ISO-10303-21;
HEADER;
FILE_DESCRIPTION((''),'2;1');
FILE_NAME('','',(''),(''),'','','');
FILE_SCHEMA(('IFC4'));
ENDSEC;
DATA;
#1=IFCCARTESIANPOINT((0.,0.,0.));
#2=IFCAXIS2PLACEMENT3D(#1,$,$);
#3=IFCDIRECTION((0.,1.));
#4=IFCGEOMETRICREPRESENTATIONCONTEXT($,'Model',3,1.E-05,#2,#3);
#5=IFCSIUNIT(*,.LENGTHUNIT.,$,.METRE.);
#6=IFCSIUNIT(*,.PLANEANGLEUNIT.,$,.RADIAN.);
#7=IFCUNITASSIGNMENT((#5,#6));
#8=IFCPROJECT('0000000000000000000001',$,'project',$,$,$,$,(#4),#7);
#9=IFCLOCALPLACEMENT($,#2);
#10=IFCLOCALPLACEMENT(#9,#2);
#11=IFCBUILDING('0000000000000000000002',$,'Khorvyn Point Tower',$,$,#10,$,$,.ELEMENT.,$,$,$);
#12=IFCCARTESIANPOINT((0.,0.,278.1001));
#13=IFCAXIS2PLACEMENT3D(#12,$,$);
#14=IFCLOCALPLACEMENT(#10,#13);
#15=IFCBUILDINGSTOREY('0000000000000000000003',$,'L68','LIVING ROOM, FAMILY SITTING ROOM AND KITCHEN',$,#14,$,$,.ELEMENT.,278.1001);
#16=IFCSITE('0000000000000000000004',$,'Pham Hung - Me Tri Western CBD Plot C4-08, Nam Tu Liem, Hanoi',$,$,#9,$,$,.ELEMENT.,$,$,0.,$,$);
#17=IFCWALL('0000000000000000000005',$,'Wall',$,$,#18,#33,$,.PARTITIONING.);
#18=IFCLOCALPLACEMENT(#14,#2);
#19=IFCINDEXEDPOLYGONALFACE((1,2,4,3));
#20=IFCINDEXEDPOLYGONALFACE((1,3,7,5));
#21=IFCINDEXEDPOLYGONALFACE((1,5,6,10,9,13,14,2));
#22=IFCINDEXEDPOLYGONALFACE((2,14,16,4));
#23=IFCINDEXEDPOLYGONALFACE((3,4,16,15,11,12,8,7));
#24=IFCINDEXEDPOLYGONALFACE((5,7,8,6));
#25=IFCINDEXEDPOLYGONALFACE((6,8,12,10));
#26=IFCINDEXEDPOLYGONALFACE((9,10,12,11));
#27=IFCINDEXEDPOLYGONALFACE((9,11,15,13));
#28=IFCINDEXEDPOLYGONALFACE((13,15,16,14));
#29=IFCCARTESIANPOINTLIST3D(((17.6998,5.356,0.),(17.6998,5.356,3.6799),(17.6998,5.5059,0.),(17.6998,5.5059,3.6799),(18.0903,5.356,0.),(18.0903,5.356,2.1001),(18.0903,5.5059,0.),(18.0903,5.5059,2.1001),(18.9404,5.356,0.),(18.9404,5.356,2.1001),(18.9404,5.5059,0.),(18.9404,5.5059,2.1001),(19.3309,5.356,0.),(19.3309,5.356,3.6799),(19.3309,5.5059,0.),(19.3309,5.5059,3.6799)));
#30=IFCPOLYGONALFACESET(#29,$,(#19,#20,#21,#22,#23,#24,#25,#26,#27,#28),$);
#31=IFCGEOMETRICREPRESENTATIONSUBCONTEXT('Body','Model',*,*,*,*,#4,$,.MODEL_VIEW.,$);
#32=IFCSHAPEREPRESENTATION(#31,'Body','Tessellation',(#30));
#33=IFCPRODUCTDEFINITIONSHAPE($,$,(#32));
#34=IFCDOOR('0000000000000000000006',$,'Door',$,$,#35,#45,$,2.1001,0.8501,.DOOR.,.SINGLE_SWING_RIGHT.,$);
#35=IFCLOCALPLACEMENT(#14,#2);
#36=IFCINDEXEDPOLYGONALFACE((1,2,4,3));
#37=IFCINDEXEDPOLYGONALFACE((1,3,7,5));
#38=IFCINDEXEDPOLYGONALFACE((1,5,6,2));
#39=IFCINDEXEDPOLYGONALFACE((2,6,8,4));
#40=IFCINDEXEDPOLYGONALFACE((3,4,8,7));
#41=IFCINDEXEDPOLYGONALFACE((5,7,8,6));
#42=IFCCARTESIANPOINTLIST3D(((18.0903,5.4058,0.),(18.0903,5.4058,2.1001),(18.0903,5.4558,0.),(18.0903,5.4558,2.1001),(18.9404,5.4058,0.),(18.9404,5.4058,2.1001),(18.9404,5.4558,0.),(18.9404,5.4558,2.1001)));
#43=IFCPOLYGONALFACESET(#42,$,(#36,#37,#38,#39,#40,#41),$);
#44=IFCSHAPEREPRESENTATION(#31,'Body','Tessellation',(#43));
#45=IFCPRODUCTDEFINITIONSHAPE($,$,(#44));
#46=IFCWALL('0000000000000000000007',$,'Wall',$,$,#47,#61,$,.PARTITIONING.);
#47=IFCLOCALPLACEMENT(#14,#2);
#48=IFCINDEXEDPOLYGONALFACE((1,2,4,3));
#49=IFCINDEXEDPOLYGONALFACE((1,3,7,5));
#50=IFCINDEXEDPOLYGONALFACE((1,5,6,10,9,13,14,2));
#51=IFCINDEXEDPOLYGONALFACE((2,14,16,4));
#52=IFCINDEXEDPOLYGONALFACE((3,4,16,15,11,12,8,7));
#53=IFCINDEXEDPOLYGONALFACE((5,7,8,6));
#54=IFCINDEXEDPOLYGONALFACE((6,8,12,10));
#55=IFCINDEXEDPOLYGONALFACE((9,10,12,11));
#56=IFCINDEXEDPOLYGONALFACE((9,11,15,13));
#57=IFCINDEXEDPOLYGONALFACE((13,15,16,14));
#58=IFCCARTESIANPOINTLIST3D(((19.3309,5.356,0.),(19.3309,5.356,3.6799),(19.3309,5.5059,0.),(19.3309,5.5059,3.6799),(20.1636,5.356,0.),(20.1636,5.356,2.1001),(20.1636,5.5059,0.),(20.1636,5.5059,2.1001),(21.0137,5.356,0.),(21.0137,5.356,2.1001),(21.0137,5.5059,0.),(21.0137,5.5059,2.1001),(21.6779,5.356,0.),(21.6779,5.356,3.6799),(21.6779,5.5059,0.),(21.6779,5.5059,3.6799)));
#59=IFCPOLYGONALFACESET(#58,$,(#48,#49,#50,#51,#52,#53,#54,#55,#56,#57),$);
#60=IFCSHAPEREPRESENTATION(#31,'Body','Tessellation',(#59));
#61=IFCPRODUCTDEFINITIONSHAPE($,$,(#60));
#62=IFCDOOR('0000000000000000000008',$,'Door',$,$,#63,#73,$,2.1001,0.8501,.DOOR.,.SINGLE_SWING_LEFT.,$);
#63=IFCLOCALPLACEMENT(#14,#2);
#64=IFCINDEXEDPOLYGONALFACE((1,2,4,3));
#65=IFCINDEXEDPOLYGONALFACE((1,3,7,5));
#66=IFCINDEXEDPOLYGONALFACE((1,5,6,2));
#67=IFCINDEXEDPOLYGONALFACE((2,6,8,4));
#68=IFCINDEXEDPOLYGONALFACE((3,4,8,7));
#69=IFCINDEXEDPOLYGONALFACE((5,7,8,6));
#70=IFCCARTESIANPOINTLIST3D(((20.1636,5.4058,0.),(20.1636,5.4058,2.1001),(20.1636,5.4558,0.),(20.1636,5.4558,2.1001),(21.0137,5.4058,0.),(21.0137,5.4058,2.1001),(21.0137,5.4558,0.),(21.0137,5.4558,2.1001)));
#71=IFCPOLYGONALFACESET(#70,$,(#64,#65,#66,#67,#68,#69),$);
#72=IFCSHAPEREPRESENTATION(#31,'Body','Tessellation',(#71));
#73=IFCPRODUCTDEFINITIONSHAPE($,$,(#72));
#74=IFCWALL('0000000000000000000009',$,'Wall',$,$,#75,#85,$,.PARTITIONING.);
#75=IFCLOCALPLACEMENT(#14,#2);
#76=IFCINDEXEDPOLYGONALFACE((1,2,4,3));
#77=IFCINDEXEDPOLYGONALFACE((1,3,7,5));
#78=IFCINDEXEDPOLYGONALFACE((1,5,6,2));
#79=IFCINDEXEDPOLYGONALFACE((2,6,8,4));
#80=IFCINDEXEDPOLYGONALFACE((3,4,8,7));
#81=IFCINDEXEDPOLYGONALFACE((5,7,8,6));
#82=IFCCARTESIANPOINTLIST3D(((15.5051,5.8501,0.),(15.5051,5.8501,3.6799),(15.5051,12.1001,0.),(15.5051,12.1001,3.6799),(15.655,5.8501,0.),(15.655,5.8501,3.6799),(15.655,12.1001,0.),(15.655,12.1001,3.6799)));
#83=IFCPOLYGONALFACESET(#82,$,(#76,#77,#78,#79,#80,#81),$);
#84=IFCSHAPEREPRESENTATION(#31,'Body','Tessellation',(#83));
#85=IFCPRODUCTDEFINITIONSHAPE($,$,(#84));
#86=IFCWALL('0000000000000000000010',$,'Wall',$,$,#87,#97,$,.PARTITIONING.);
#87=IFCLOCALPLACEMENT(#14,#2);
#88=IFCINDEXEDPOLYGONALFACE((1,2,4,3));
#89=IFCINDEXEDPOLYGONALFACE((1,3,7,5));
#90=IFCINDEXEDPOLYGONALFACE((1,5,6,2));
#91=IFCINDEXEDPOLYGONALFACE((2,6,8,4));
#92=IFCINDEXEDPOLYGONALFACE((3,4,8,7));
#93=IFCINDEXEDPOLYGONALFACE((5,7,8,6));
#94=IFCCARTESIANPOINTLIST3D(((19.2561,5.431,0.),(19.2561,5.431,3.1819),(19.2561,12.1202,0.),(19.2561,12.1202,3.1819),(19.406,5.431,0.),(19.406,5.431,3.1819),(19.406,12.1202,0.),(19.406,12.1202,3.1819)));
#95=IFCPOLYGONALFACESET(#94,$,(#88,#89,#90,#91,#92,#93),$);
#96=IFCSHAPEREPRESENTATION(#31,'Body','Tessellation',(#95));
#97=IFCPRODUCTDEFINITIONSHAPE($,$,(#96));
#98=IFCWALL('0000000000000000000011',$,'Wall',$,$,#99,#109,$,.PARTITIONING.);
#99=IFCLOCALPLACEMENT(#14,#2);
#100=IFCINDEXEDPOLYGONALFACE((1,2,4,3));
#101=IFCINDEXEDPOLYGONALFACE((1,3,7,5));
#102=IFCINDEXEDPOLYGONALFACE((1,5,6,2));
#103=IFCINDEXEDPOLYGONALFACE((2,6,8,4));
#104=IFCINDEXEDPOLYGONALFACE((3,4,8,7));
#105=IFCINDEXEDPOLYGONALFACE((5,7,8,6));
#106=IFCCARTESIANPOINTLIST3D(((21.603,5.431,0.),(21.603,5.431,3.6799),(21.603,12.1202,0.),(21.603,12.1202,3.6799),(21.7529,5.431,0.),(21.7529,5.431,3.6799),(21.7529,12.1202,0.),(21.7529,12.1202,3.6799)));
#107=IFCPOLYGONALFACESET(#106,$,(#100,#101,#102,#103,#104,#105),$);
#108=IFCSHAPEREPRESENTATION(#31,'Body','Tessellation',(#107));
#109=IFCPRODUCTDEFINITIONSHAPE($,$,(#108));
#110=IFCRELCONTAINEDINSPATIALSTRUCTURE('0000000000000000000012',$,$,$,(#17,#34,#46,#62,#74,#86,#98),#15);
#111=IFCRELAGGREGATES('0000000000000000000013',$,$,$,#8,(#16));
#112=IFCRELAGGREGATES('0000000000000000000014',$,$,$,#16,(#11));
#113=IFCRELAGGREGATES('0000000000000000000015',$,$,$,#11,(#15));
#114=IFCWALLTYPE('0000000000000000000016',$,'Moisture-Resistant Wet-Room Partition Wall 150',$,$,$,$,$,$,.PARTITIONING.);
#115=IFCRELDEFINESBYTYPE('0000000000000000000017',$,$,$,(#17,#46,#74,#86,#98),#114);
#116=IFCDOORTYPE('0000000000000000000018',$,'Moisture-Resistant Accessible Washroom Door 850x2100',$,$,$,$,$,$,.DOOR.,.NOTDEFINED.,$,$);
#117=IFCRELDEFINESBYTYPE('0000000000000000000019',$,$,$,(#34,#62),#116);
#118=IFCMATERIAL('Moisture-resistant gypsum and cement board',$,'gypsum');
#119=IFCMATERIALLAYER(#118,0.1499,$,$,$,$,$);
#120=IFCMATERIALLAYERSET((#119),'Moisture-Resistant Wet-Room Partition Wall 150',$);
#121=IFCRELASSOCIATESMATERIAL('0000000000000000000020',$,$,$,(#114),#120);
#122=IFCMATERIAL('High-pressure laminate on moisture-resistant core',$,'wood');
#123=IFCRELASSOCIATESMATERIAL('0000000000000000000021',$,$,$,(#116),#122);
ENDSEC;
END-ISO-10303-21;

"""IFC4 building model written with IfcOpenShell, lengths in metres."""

from ifc_helpers import new_model, si_unit, direction, frame, frame_2d, origin, place, context, subcontext, project, spatial, rectangle, extrude, material, layer, layer_set, type_object, element, fill, save


model = new_model("IFC4")

# Units and contexts
model_context = context("Model", 3, precision=1e-05, world=origin(), true_north=direction((0.0, 1.0)))
body_context = subcontext(model_context, "Body", "Model", "MODEL_VIEW")
ifc_project = project(units=[si_unit("LENGTHUNIT", "METRE"), si_unit("PLANEANGLEUNIT", "RADIAN")], contexts=[model_context])

# Site, building, storey
site_placement = place(None, origin())
site = spatial("IfcSite", under=ifc_project, at=site_placement, Name="Pham Hung - Me Tri Western CBD Plot C4-08, Nam Tu Liem, Hanoi", CompositionType="ELEMENT", RefElevation=0.0)
building_placement = place(site_placement, origin())
building = spatial("IfcBuilding", under=site, at=building_placement, Name="Khorvyn Point Tower", CompositionType="ELEMENT")
storey_placement = place(building_placement, frame((0.0, 0.0, 278.1001)))
storey = spatial("IfcBuildingStorey", under=building, at=storey_placement, Name="L68", Description="LIVING ROOM, FAMILY SITTING ROOM AND KITCHEN", CompositionType="ELEMENT", Elevation=278.1001)

# Walls, openings, doors
ifc_material_1 = material(Name="Moisture-resistant gypsum and cement board", Category="gypsum")
ifc_layer_1 = layer(ifc_material_1, 0.1499)
ifc_layer_set_1 = layer_set([ifc_layer_1], Name="Moisture-Resistant Wet-Room Partition Wall 150")
wall_type_1 = type_object("IfcWallType", Name="Moisture-Resistant Wet-Room Partition Wall 150", PredefinedType="PARTITIONING", material=ifc_layer_set_1)
ifc_material_2 = material(Name="High-pressure laminate on moisture-resistant core", Category="wood")
door_type_1 = type_object("IfcDoorType", Name="Moisture-Resistant Accessible Washroom Door 850x2100", OperationType="NOTDEFINED", PredefinedType="DOOR", material=ifc_material_2)
wall_1_placement = place(storey_placement, frame((17.7, 5.4309, 0.0), z_axis=(0.0, 0.0, 1.0), x_axis=(1.0, 0.0, 0.0)))
wall_1 = element("IfcWall", 1, at=wall_1_placement, inside=storey, type_object=wall_type_1, Name="Wall", PredefinedType="PARTITIONING", context=body_context, shape_type="SweptSolid", body=[
    extrude(rectangle(XDim=1.6311, YDim=0.1499, at=frame_2d((0.8154, 0.0))), origin(), (0.0, 0.0, 1.0), 3.6799),
])
opening_1_placement = place(wall_1_placement, frame((0.3904, 0.0, 0.0)))
opening_1 = element("IfcOpeningElement", 2, at=opening_1_placement, cuts=wall_1, PredefinedType="OPENING", context=body_context, shape_type="SweptSolid", body=[
    extrude(rectangle(XDim=0.8501, YDim=2.1001, at=frame_2d((0.425, 1.05))), frame((0.0, 0.085, 0.0), z_axis=(0.0, -1.0, 0.0), x_axis=(1.0, 0.0, 0.0)), (0.0, 0.0, 1.0), 0.1699),
])
door_1_placement = place(opening_1_placement, origin())
door_1 = element("IfcDoor", 3, at=door_1_placement, inside=storey, type_object=door_type_1, Name="Door", OperationType="SINGLE_SWING_RIGHT", OverallHeight=2.1001, OverallWidth=0.8501, PredefinedType="DOOR", context=body_context, shape_type="SweptSolid", body=[
    extrude(rectangle(XDim=0.8501, YDim=2.1001, at=frame_2d((0.425, 1.05))), frame((0.0, 0.0249, 0.0), z_axis=(0.0, -1.0, 0.0), x_axis=(1.0, 0.0, 0.0)), (0.0, 0.0, 1.0), 0.05),
])
fill(opening_1, door_1)
wall_2_placement = place(storey_placement, frame((19.3311, 5.4309, 0.0), z_axis=(0.0, 0.0, 1.0), x_axis=(1.0, 0.0, 0.0)))
wall_2 = element("IfcWall", 4, at=wall_2_placement, inside=storey, type_object=wall_type_1, Name="Wall", PredefinedType="PARTITIONING", context=body_context, shape_type="SweptSolid", body=[
    extrude(rectangle(XDim=2.3469, YDim=0.1499, at=frame_2d((1.1733, 0.0))), origin(), (0.0, 0.0, 1.0), 3.6799),
])
opening_2_placement = place(wall_2_placement, frame((0.8325, 0.0, 0.0)))
opening_2 = element("IfcOpeningElement", 5, at=opening_2_placement, cuts=wall_2, PredefinedType="OPENING", context=body_context, shape_type="SweptSolid", body=[
    extrude(rectangle(XDim=0.8501, YDim=2.1001, at=frame_2d((0.425, 1.05))), frame((0.0, 0.085, 0.0), z_axis=(0.0, -1.0, 0.0), x_axis=(1.0, 0.0, 0.0)), (0.0, 0.0, 1.0), 0.1699),
])
door_2_placement = place(opening_2_placement, origin())
door_2 = element("IfcDoor", 6, at=door_2_placement, inside=storey, type_object=door_type_1, Name="Door", OperationType="SINGLE_SWING_LEFT", OverallHeight=2.1001, OverallWidth=0.8501, PredefinedType="DOOR", context=body_context, shape_type="SweptSolid", body=[
    extrude(rectangle(XDim=0.8501, YDim=2.1001, at=frame_2d((0.425, 1.05))), frame((0.0, 0.0249, 0.0), z_axis=(0.0, -1.0, 0.0), x_axis=(1.0, 0.0, 0.0)), (0.0, 0.0, 1.0), 0.05),
])
fill(opening_2, door_2)

# Walls
wall_3_placement = place(storey_placement, frame((15.5801, 5.8501, 0.0), z_axis=(0.0, 0.0, 1.0), x_axis=(0.0, 1.0, 0.0)))
element("IfcWall", 7, at=wall_3_placement, inside=storey, type_object=wall_type_1, Name="Wall", PredefinedType="PARTITIONING", context=body_context, shape_type="SweptSolid", body=[
    extrude(rectangle(XDim=6.25, YDim=0.1499, at=frame_2d((3.125, 0.0))), origin(), (0.0, 0.0, 1.0), 3.6799),
])
wall_4_placement = place(storey_placement, frame((19.3311, 5.4309, 0.0), z_axis=(0.0, 0.0, 1.0), x_axis=(0.0, 1.0, 0.0)))
element("IfcWall", 8, at=wall_4_placement, inside=storey, type_object=wall_type_1, Name="Wall", PredefinedType="PARTITIONING", context=body_context, shape_type="SweptSolid", body=[
    extrude(rectangle(XDim=6.6892, YDim=0.1499, at=frame_2d((3.3447, 0.0))), origin(), (0.0, 0.0, 1.0), 3.1819),
])
wall_5_placement = place(storey_placement, frame((21.678, 5.4309, 0.0), z_axis=(0.0, 0.0, 1.0), x_axis=(0.0, 1.0, 0.0)))
element("IfcWall", 9, at=wall_5_placement, inside=storey, type_object=wall_type_1, Name="Wall", PredefinedType="PARTITIONING", context=body_context, shape_type="SweptSolid", body=[
    extrude(rectangle(XDim=6.6892, YDim=0.1499, at=frame_2d((3.3447, 0.0))), origin(), (0.0, 0.0, 1.0), 3.6799),
])

save(model, "model.ifc")
